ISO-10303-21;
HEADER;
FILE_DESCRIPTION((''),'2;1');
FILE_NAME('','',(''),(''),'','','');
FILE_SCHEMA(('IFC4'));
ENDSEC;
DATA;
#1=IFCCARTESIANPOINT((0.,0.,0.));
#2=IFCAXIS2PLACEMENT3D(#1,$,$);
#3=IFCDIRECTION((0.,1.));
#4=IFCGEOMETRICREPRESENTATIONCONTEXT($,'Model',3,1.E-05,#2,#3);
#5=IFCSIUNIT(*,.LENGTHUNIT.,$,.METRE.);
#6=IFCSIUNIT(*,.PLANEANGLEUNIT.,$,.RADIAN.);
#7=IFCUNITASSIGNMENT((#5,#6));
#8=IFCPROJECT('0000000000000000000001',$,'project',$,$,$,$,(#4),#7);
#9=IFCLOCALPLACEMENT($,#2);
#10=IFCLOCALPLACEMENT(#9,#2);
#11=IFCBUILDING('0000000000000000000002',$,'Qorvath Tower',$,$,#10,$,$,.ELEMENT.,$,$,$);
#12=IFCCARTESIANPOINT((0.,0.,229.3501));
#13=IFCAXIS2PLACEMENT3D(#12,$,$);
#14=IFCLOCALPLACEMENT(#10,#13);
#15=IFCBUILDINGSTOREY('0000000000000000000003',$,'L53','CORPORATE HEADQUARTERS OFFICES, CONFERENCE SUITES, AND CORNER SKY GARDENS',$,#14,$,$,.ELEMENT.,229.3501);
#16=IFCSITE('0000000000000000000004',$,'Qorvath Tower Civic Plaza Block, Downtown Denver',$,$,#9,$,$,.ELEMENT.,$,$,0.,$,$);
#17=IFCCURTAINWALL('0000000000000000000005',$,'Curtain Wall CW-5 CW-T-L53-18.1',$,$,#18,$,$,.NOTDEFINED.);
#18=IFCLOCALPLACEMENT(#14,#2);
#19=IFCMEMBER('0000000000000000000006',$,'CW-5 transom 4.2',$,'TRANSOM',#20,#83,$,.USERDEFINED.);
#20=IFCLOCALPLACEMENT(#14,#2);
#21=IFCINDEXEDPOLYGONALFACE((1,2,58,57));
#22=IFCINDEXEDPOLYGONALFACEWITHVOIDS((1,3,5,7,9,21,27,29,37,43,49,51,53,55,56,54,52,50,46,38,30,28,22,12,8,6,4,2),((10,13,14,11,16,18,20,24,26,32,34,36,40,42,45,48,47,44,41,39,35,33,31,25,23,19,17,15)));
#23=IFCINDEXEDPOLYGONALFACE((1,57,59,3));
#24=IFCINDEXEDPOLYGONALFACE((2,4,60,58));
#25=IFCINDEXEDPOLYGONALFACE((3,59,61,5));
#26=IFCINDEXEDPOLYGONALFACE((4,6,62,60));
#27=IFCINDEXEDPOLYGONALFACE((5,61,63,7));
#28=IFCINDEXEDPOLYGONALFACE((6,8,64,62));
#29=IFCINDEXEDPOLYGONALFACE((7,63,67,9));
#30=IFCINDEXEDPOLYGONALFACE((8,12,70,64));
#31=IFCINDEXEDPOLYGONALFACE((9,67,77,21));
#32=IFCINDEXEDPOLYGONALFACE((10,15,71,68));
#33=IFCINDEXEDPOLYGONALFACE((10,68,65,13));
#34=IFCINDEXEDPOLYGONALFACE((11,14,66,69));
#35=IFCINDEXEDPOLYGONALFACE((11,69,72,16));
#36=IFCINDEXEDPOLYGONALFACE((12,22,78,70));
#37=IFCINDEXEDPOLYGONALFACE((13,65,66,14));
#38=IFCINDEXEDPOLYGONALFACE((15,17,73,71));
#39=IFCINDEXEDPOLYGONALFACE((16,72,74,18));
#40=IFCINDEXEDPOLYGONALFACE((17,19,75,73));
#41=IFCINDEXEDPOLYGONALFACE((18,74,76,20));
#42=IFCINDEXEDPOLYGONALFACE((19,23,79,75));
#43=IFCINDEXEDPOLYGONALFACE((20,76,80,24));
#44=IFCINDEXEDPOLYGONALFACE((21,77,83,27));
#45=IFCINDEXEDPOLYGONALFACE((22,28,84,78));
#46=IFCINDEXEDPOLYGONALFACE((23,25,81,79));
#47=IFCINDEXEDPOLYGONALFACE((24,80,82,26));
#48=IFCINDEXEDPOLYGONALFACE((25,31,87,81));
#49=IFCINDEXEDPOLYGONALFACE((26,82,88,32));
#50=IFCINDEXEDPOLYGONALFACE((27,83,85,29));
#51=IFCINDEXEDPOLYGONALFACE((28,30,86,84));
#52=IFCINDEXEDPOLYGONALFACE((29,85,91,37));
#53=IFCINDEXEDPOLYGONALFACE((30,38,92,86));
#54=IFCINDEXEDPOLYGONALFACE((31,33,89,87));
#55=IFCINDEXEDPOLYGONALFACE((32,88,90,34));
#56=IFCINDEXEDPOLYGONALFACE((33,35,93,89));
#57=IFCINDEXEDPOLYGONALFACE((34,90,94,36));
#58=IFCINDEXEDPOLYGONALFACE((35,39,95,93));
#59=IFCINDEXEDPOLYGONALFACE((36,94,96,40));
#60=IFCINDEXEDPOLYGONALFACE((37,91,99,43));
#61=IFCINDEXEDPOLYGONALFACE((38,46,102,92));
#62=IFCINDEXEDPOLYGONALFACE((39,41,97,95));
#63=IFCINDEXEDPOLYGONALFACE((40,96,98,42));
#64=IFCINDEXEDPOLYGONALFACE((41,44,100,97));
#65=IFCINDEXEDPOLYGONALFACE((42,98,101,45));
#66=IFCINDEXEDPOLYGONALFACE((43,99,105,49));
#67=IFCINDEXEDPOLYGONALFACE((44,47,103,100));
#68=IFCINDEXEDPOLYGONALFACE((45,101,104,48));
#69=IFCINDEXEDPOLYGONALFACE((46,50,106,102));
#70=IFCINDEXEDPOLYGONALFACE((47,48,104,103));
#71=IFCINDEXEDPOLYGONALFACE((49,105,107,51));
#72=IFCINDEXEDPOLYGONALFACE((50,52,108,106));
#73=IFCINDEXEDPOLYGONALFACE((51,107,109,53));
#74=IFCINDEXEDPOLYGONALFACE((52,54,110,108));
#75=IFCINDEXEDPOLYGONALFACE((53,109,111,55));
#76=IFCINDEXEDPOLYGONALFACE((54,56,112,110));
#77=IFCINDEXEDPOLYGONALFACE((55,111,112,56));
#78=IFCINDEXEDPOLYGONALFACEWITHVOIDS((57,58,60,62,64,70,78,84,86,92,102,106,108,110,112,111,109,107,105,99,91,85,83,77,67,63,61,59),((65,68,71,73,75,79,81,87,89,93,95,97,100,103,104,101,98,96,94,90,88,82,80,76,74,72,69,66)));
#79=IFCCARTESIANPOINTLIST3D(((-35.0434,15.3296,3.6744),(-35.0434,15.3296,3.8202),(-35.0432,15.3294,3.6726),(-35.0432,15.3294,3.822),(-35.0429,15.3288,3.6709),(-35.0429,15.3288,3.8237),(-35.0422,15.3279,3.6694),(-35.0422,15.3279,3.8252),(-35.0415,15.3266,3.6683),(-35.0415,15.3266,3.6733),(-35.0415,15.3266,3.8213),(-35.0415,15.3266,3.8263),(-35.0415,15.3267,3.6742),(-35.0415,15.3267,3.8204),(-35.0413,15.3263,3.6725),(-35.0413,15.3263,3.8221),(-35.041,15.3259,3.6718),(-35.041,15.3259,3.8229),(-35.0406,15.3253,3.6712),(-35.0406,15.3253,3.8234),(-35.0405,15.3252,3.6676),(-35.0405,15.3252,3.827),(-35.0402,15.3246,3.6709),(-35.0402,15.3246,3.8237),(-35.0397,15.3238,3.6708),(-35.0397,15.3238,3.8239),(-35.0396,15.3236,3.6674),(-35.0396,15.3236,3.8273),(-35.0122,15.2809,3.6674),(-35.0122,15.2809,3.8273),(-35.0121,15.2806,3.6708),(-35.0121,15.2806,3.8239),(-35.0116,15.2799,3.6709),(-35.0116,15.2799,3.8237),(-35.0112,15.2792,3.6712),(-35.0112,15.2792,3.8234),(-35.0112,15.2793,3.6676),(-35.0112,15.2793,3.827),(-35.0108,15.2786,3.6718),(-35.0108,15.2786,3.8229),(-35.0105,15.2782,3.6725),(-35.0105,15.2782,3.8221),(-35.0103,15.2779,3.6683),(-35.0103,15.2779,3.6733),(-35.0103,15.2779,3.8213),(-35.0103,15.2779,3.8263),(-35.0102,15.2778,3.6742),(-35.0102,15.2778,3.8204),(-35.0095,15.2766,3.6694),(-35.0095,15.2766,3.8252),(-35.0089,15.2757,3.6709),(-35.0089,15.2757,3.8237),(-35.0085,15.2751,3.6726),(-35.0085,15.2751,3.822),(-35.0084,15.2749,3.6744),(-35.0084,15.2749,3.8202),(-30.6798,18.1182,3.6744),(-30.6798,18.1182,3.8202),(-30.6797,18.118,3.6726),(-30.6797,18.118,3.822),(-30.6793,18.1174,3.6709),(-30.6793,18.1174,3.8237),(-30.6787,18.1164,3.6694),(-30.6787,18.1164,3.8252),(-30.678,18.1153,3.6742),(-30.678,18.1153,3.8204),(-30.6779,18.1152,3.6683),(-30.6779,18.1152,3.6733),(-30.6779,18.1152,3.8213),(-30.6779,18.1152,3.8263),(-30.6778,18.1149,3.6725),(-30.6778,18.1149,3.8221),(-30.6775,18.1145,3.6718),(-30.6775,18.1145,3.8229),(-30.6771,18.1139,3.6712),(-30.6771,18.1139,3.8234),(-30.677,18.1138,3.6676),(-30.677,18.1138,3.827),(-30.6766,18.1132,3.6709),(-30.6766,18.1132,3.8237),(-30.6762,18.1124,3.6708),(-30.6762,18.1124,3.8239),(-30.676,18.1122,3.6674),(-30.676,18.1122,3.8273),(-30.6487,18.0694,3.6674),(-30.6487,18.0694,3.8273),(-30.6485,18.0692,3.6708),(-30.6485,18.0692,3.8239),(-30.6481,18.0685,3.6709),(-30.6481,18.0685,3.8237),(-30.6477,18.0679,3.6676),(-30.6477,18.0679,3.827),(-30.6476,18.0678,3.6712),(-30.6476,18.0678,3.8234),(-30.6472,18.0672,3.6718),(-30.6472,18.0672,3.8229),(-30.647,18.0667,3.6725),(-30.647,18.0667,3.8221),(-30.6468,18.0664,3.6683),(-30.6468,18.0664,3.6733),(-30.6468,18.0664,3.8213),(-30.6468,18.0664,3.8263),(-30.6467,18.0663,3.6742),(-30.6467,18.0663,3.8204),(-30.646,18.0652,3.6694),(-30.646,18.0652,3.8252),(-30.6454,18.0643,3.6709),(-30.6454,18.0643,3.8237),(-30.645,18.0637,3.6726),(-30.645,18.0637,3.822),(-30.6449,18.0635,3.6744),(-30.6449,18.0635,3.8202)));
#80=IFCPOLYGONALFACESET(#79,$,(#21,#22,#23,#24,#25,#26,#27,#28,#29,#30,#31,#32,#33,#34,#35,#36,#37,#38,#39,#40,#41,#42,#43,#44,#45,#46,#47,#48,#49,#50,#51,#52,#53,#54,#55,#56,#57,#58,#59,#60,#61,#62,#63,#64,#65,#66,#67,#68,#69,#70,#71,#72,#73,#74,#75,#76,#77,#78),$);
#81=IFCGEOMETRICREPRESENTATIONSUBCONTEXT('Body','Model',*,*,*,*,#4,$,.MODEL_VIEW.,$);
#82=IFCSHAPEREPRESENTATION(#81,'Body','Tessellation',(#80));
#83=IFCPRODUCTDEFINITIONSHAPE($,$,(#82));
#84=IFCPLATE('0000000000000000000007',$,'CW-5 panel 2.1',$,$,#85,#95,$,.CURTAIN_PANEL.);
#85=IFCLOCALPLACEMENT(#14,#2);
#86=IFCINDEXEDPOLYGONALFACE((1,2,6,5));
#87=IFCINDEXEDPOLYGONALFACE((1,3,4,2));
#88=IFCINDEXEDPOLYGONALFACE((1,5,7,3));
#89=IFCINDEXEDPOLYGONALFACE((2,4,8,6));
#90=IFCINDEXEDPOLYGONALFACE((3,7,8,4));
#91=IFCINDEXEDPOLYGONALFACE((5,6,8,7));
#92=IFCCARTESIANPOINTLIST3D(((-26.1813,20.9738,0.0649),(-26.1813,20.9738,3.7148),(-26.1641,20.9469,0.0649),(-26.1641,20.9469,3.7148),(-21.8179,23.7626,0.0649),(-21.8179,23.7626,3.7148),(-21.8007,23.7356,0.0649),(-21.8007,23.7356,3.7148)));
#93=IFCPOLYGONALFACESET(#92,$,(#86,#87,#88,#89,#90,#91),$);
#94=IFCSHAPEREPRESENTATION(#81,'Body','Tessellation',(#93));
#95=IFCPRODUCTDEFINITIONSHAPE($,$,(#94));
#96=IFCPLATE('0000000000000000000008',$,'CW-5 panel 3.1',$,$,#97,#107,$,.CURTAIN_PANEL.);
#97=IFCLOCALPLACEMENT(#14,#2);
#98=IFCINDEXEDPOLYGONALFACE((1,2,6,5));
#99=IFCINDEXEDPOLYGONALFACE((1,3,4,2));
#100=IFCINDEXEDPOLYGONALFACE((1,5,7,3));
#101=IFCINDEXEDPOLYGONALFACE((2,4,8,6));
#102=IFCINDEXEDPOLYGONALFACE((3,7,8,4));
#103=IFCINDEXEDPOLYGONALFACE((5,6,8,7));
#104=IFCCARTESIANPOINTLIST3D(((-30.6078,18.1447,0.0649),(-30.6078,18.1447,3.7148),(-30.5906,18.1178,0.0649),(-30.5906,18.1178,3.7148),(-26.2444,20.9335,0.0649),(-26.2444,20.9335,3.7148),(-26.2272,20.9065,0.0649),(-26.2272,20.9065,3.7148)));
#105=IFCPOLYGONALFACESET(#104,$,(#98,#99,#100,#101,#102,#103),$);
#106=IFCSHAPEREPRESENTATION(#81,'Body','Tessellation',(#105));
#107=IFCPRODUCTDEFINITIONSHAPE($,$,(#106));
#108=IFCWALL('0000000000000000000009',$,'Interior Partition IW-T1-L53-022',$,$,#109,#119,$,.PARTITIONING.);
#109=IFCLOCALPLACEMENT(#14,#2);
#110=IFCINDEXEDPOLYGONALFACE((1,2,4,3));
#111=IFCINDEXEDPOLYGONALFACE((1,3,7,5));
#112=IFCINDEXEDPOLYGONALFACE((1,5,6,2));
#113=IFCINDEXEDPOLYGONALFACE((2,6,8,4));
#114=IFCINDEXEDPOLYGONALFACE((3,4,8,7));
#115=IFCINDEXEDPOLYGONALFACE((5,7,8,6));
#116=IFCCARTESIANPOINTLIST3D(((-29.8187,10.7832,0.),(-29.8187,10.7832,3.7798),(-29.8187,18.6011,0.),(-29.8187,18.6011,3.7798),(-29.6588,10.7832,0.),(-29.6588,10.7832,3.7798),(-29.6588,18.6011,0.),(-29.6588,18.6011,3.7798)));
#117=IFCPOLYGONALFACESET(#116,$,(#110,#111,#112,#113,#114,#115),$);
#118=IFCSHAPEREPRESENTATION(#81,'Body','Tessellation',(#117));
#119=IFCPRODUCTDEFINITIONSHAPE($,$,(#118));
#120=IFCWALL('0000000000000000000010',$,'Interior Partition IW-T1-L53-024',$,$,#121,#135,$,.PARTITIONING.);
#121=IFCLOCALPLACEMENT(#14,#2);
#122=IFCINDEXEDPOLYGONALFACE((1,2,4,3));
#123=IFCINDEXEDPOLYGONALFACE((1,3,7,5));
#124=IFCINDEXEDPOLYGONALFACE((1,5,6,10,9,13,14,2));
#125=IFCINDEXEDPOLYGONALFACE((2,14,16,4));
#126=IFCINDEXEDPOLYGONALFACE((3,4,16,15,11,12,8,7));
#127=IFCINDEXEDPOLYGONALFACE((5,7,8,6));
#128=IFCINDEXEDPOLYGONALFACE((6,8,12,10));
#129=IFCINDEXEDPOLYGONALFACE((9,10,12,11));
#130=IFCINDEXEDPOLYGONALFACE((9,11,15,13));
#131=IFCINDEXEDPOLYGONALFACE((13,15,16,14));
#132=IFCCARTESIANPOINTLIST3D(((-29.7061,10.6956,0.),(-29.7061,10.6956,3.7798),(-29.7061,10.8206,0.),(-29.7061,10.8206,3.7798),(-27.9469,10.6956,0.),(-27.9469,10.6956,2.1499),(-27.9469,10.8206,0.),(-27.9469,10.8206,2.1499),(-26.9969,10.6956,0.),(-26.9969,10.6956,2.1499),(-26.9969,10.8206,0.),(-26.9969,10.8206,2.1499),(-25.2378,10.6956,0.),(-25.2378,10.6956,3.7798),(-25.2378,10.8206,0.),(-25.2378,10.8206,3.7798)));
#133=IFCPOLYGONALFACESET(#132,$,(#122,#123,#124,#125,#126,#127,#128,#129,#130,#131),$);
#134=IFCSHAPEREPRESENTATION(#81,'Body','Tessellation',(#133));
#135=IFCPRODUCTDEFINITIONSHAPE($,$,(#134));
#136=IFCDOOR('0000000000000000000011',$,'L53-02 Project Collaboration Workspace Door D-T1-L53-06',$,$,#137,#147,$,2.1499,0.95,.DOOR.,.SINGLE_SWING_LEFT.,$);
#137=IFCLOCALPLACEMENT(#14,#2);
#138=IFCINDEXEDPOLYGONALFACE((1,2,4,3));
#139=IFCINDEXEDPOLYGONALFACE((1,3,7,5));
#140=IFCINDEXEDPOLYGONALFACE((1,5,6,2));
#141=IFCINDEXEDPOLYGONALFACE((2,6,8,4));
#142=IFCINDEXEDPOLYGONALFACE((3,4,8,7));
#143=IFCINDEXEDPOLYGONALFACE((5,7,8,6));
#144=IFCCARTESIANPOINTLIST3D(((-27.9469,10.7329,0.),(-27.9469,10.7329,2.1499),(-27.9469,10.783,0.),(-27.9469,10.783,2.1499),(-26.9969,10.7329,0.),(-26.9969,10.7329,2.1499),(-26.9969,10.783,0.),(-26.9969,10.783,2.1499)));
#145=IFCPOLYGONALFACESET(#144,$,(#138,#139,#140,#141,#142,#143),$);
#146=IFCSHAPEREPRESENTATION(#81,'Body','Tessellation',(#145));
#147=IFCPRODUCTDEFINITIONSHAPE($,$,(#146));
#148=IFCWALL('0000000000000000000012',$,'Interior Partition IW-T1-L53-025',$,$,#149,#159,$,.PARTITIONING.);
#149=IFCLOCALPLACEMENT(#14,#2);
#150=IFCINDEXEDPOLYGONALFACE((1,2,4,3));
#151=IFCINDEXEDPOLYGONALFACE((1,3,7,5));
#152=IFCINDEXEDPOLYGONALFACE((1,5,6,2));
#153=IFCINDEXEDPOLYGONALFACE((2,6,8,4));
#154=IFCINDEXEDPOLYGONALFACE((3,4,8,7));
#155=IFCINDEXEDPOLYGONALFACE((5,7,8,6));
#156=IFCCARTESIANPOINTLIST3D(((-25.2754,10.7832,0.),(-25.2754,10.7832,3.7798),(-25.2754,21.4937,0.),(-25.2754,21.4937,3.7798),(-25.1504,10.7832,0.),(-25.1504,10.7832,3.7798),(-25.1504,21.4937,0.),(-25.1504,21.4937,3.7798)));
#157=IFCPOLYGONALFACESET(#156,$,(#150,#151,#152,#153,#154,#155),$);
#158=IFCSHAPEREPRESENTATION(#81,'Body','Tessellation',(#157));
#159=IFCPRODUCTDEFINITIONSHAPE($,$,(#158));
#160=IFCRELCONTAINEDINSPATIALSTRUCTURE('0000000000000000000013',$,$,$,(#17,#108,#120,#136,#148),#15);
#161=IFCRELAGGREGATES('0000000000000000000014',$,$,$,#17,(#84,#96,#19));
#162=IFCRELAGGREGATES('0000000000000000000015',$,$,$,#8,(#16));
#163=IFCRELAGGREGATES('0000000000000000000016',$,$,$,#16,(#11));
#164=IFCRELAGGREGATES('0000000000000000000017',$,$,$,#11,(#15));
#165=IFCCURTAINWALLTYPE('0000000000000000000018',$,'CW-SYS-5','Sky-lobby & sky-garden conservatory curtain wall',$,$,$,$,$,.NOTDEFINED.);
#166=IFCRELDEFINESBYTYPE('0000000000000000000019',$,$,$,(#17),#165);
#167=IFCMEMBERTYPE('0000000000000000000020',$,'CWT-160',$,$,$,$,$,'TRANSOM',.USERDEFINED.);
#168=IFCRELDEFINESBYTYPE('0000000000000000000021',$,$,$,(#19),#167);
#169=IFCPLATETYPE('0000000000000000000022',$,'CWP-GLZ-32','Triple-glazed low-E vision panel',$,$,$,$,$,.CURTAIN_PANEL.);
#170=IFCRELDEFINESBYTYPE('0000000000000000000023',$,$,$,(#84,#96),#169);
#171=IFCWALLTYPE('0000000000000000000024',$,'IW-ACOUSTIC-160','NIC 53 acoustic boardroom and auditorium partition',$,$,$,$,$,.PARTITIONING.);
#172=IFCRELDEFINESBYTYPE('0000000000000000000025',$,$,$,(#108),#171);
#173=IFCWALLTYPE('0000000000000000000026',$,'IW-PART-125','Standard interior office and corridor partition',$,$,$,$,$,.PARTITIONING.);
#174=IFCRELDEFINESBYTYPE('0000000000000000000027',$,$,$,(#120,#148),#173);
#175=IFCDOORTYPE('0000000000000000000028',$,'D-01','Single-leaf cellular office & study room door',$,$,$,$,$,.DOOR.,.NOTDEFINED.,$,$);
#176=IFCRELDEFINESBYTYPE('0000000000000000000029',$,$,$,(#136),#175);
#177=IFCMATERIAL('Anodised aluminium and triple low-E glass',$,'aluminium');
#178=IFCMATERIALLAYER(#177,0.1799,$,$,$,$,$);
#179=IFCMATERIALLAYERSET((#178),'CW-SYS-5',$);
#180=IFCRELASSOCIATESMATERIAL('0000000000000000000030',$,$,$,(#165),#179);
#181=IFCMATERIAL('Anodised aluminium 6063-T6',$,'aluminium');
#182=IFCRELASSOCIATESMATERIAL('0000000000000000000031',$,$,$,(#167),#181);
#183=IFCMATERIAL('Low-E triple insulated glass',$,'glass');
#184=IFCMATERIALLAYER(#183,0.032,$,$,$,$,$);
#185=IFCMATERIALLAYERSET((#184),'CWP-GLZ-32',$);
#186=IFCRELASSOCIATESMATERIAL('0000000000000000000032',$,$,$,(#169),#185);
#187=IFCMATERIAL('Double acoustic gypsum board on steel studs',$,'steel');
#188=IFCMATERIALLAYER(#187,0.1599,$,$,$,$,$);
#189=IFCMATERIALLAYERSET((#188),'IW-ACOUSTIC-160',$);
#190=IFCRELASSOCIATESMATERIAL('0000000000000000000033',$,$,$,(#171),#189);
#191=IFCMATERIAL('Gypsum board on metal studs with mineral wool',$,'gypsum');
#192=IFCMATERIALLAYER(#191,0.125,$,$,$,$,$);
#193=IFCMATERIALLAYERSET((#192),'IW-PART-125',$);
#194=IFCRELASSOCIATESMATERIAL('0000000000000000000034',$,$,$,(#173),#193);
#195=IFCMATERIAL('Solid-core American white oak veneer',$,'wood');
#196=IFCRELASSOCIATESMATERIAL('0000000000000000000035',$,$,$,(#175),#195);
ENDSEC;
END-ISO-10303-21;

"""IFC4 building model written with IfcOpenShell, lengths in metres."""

from ifc_helpers import new_model, si_unit, direction, frame, frame_2d, origin, origin_2d, place, context, subcontext, project, spatial, rectangle, hollow_rectangle, extrude, material, layer, layer_set, material_profile, profile_set, type_object, element, fill, aggregate, save


model = new_model("IFC4")

# Units and contexts
model_context = context("Model", 3, precision=1e-05, world=origin(), true_north=direction((0.0, 1.0)))
body_context = subcontext(model_context, "Body", "Model", "MODEL_VIEW")
ifc_project = project(units=[si_unit("LENGTHUNIT", "METRE"), si_unit("PLANEANGLEUNIT", "RADIAN")], contexts=[model_context])

# Site, building, storey
site_placement = place(None, origin())
site = spatial("IfcSite", under=ifc_project, at=site_placement, Name="Qorvath Tower Civic Plaza Block, Downtown Denver", CompositionType="ELEMENT", RefElevation=0.0)
building_placement = place(site_placement, origin())
building = spatial("IfcBuilding", under=site, at=building_placement, Name="Qorvath Tower", CompositionType="ELEMENT")
storey_placement = place(building_placement, frame((0.0, 0.0, 229.3501)))
storey = spatial("IfcBuildingStorey", under=building, at=storey_placement, Name="L53", Description="CORPORATE HEADQUARTERS OFFICES, CONFERENCE SUITES, AND CORNER SKY GARDENS", CompositionType="ELEMENT", Elevation=229.3501)

# Curtain wall, member, plates
ifc_material_1 = material(Name="Anodised aluminium and triple low-E glass", Category="aluminium")
ifc_layer_1 = layer(ifc_material_1, 0.1799)
ifc_layer_set_1 = layer_set([ifc_layer_1], Name="CW-SYS-5")
curtain_wall_type = type_object("IfcCurtainWallType", Name="CW-SYS-5", Description="Sky-lobby & sky-garden conservatory curtain wall", PredefinedType="NOTDEFINED", material=ifc_layer_set_1)
curtain_wall_placement = place(storey_placement, origin())
curtain_wall = element("IfcCurtainWall", 1, at=curtain_wall_placement, inside=storey, type_object=curtain_wall_type, Name="Curtain Wall CW-5 CW-T-L53-18.1", PredefinedType="NOTDEFINED")
ifc_material_2 = material(Name="Anodised aluminium 6063-T6", Category="aluminium")
ifc_material_profile_1 = material_profile(ifc_material_2, hollow_rectangle(XDim=0.0649, YDim=0.1599, WallThickness=0.0034, InnerFilletRadius=0.0034, OuterFilletRadius=0.0071, at=origin_2d()), Name="CWT 160x65")
ifc_profile_set_1 = profile_set([ifc_material_profile_1], Name="Anodised aluminium 6063-T6")
member_type_1 = type_object("IfcMemberType", Name="CWT-160", ElementType="TRANSOM", PredefinedType="USERDEFINED", material=ifc_profile_set_1)
member_1_placement = place(storey_placement, frame((-30.6624, 18.0908, 3.7473), z_axis=(-0.842629, -0.538494, 0.0), x_axis=(0.538494, -0.842629, 0.0)))
member_1 = element("IfcMember", 2, at=member_1_placement, type_object=member_type_1, Name="CW-5 transom 4.2", ObjectType="TRANSOM", PredefinedType="USERDEFINED", context=body_context, shape_type="SweptSolid", body=[
    extrude(hollow_rectangle(XDim=0.0649, YDim=0.1599, WallThickness=0.0034, InnerFilletRadius=0.0034, OuterFilletRadius=0.0071, at=origin_2d()), origin(), (0.0, 0.0, 1.0), 5.1785),
])
ifc_material_3 = material(Name="Low-E triple insulated glass", Category="glass")
ifc_layer_2 = layer(ifc_material_3, 0.032)
ifc_layer_set_2 = layer_set([ifc_layer_2], Name="CWP-GLZ-32")
plate_type = type_object("IfcPlateType", Name="CWP-GLZ-32", Description="Triple-glazed low-E vision panel", PredefinedType="CURTAIN_PANEL", material=ifc_layer_set_2)
plate_1_placement = place(storey_placement, frame((-23.991, 22.3547, 0.0649), z_axis=(0.0, 0.0, 1.0), x_axis=(-0.842606, -0.538531, 0.0)))
plate_1 = element("IfcPlate", 3, at=plate_1_placement, type_object=plate_type, Name="CW-5 panel 2.1", PredefinedType="CURTAIN_PANEL", context=body_context, shape_type="SweptSolid", body=[
    extrude(rectangle(XDim=5.1785, YDim=0.032, at=origin_2d()), origin(), (0.0, 0.0, 1.0), 3.6499),
])
plate_2_placement = place(storey_placement, frame((-28.4175, 19.5256, 0.0649), z_axis=(0.0, 0.0, 1.0), x_axis=(-0.842606, -0.538531, 0.0)))
plate_2 = element("IfcPlate", 4, at=plate_2_placement, type_object=plate_type, Name="CW-5 panel 3.1", PredefinedType="CURTAIN_PANEL", context=body_context, shape_type="SweptSolid", body=[
    extrude(rectangle(XDim=5.1785, YDim=0.032, at=origin_2d()), origin(), (0.0, 0.0, 1.0), 3.6499),
])
aggregate(curtain_wall, [plate_1, plate_2, member_1])

# Wall
ifc_material_4 = material(Name="Double acoustic gypsum board on steel studs", Category="steel")
ifc_layer_3 = layer(ifc_material_4, 0.1599)
ifc_layer_set_3 = layer_set([ifc_layer_3], Name="IW-ACOUSTIC-160")
wall_type_1 = type_object("IfcWallType", Name="IW-ACOUSTIC-160", Description="NIC 53 acoustic boardroom and auditorium partition", PredefinedType="PARTITIONING", material=ifc_layer_set_3)
wall_1_placement = place(storey_placement, frame((-29.7388, 10.7832, 0.0), z_axis=(0.0, 0.0, 1.0), x_axis=(0.0, 1.0, 0.0)))
element("IfcWall", 5, at=wall_1_placement, inside=storey, type_object=wall_type_1, Name="Interior Partition IW-T1-L53-022", PredefinedType="PARTITIONING", context=body_context, shape_type="SweptSolid", body=[
    extrude(rectangle(XDim=7.8179, YDim=0.1599, at=frame_2d((3.9089, 0.0))), origin(), (0.0, 0.0, 1.0), 3.7798),
])

# Wall, opening, door
ifc_material_5 = material(Name="Gypsum board on metal studs with mineral wool", Category="gypsum")
ifc_layer_4 = layer(ifc_material_5, 0.125)
ifc_layer_set_4 = layer_set([ifc_layer_4], Name="IW-PART-125")
wall_type_2 = type_object("IfcWallType", Name="IW-PART-125", Description="Standard interior office and corridor partition", PredefinedType="PARTITIONING", material=ifc_layer_set_4)
wall_2_placement = place(storey_placement, frame((-29.7061, 10.7581, 0.0), z_axis=(0.0, 0.0, 1.0), x_axis=(1.0, 0.0, 0.0)))
wall_2 = element("IfcWall", 6, at=wall_2_placement, inside=storey, type_object=wall_type_2, Name="Interior Partition IW-T1-L53-024", PredefinedType="PARTITIONING", context=body_context, shape_type="SweptSolid", body=[
    extrude(rectangle(XDim=4.4683, YDim=0.125, at=frame_2d((2.2341, 0.0))), origin(), (0.0, 0.0, 1.0), 3.7798),
])
opening_1_placement = place(wall_2_placement, frame((1.759, 0.0, 0.0)))
opening_1 = element("IfcOpeningElement", 7, at=opening_1_placement, cuts=wall_2, PredefinedType="OPENING", context=body_context, shape_type="SweptSolid", body=[
    extrude(rectangle(XDim=0.95, YDim=2.1499, at=frame_2d((0.4751, 1.075))), frame((0.0, 0.0725, 0.0), z_axis=(0.0, -1.0, 0.0), x_axis=(1.0, 0.0, 0.0)), (0.0, 0.0, 1.0), 0.145),
])
ifc_material_6 = material(Name="Solid-core American white oak veneer", Category="wood")
door_type = type_object("IfcDoorType", Name="D-01", Description="Single-leaf cellular office & study room door", OperationType="NOTDEFINED", PredefinedType="DOOR", material=ifc_material_6)
door_1_placement = place(opening_1_placement, origin())
door_1 = element("IfcDoor", 8, at=door_1_placement, inside=storey, type_object=door_type, Name="L53-02 Project Collaboration Workspace Door D-T1-L53-06", OperationType="SINGLE_SWING_LEFT", OverallHeight=2.1499, OverallWidth=0.95, PredefinedType="DOOR", context=body_context, shape_type="SweptSolid", body=[
    extrude(rectangle(XDim=0.95, YDim=2.1499, at=frame_2d((0.4751, 1.075))), frame((0.0, 0.0249, 0.0), z_axis=(0.0, -1.0, 0.0), x_axis=(1.0, 0.0, 0.0)), (0.0, 0.0, 1.0), 0.05),
])
fill(opening_1, door_1)

# Wall
wall_3_placement = place(storey_placement, frame((-25.2129, 10.7832, 0.0), z_axis=(0.0, 0.0, 1.0), x_axis=(0.0, 1.0, 0.0)))
element("IfcWall", 9, at=wall_3_placement, inside=storey, type_object=wall_type_2, Name="Interior Partition IW-T1-L53-025", PredefinedType="PARTITIONING", context=body_context, shape_type="SweptSolid", body=[
    extrude(rectangle(XDim=10.7104, YDim=0.125, at=frame_2d((5.3552, 0.0))), origin(), (0.0, 0.0, 1.0), 3.7798),
])

save(model, "model.ifc")
